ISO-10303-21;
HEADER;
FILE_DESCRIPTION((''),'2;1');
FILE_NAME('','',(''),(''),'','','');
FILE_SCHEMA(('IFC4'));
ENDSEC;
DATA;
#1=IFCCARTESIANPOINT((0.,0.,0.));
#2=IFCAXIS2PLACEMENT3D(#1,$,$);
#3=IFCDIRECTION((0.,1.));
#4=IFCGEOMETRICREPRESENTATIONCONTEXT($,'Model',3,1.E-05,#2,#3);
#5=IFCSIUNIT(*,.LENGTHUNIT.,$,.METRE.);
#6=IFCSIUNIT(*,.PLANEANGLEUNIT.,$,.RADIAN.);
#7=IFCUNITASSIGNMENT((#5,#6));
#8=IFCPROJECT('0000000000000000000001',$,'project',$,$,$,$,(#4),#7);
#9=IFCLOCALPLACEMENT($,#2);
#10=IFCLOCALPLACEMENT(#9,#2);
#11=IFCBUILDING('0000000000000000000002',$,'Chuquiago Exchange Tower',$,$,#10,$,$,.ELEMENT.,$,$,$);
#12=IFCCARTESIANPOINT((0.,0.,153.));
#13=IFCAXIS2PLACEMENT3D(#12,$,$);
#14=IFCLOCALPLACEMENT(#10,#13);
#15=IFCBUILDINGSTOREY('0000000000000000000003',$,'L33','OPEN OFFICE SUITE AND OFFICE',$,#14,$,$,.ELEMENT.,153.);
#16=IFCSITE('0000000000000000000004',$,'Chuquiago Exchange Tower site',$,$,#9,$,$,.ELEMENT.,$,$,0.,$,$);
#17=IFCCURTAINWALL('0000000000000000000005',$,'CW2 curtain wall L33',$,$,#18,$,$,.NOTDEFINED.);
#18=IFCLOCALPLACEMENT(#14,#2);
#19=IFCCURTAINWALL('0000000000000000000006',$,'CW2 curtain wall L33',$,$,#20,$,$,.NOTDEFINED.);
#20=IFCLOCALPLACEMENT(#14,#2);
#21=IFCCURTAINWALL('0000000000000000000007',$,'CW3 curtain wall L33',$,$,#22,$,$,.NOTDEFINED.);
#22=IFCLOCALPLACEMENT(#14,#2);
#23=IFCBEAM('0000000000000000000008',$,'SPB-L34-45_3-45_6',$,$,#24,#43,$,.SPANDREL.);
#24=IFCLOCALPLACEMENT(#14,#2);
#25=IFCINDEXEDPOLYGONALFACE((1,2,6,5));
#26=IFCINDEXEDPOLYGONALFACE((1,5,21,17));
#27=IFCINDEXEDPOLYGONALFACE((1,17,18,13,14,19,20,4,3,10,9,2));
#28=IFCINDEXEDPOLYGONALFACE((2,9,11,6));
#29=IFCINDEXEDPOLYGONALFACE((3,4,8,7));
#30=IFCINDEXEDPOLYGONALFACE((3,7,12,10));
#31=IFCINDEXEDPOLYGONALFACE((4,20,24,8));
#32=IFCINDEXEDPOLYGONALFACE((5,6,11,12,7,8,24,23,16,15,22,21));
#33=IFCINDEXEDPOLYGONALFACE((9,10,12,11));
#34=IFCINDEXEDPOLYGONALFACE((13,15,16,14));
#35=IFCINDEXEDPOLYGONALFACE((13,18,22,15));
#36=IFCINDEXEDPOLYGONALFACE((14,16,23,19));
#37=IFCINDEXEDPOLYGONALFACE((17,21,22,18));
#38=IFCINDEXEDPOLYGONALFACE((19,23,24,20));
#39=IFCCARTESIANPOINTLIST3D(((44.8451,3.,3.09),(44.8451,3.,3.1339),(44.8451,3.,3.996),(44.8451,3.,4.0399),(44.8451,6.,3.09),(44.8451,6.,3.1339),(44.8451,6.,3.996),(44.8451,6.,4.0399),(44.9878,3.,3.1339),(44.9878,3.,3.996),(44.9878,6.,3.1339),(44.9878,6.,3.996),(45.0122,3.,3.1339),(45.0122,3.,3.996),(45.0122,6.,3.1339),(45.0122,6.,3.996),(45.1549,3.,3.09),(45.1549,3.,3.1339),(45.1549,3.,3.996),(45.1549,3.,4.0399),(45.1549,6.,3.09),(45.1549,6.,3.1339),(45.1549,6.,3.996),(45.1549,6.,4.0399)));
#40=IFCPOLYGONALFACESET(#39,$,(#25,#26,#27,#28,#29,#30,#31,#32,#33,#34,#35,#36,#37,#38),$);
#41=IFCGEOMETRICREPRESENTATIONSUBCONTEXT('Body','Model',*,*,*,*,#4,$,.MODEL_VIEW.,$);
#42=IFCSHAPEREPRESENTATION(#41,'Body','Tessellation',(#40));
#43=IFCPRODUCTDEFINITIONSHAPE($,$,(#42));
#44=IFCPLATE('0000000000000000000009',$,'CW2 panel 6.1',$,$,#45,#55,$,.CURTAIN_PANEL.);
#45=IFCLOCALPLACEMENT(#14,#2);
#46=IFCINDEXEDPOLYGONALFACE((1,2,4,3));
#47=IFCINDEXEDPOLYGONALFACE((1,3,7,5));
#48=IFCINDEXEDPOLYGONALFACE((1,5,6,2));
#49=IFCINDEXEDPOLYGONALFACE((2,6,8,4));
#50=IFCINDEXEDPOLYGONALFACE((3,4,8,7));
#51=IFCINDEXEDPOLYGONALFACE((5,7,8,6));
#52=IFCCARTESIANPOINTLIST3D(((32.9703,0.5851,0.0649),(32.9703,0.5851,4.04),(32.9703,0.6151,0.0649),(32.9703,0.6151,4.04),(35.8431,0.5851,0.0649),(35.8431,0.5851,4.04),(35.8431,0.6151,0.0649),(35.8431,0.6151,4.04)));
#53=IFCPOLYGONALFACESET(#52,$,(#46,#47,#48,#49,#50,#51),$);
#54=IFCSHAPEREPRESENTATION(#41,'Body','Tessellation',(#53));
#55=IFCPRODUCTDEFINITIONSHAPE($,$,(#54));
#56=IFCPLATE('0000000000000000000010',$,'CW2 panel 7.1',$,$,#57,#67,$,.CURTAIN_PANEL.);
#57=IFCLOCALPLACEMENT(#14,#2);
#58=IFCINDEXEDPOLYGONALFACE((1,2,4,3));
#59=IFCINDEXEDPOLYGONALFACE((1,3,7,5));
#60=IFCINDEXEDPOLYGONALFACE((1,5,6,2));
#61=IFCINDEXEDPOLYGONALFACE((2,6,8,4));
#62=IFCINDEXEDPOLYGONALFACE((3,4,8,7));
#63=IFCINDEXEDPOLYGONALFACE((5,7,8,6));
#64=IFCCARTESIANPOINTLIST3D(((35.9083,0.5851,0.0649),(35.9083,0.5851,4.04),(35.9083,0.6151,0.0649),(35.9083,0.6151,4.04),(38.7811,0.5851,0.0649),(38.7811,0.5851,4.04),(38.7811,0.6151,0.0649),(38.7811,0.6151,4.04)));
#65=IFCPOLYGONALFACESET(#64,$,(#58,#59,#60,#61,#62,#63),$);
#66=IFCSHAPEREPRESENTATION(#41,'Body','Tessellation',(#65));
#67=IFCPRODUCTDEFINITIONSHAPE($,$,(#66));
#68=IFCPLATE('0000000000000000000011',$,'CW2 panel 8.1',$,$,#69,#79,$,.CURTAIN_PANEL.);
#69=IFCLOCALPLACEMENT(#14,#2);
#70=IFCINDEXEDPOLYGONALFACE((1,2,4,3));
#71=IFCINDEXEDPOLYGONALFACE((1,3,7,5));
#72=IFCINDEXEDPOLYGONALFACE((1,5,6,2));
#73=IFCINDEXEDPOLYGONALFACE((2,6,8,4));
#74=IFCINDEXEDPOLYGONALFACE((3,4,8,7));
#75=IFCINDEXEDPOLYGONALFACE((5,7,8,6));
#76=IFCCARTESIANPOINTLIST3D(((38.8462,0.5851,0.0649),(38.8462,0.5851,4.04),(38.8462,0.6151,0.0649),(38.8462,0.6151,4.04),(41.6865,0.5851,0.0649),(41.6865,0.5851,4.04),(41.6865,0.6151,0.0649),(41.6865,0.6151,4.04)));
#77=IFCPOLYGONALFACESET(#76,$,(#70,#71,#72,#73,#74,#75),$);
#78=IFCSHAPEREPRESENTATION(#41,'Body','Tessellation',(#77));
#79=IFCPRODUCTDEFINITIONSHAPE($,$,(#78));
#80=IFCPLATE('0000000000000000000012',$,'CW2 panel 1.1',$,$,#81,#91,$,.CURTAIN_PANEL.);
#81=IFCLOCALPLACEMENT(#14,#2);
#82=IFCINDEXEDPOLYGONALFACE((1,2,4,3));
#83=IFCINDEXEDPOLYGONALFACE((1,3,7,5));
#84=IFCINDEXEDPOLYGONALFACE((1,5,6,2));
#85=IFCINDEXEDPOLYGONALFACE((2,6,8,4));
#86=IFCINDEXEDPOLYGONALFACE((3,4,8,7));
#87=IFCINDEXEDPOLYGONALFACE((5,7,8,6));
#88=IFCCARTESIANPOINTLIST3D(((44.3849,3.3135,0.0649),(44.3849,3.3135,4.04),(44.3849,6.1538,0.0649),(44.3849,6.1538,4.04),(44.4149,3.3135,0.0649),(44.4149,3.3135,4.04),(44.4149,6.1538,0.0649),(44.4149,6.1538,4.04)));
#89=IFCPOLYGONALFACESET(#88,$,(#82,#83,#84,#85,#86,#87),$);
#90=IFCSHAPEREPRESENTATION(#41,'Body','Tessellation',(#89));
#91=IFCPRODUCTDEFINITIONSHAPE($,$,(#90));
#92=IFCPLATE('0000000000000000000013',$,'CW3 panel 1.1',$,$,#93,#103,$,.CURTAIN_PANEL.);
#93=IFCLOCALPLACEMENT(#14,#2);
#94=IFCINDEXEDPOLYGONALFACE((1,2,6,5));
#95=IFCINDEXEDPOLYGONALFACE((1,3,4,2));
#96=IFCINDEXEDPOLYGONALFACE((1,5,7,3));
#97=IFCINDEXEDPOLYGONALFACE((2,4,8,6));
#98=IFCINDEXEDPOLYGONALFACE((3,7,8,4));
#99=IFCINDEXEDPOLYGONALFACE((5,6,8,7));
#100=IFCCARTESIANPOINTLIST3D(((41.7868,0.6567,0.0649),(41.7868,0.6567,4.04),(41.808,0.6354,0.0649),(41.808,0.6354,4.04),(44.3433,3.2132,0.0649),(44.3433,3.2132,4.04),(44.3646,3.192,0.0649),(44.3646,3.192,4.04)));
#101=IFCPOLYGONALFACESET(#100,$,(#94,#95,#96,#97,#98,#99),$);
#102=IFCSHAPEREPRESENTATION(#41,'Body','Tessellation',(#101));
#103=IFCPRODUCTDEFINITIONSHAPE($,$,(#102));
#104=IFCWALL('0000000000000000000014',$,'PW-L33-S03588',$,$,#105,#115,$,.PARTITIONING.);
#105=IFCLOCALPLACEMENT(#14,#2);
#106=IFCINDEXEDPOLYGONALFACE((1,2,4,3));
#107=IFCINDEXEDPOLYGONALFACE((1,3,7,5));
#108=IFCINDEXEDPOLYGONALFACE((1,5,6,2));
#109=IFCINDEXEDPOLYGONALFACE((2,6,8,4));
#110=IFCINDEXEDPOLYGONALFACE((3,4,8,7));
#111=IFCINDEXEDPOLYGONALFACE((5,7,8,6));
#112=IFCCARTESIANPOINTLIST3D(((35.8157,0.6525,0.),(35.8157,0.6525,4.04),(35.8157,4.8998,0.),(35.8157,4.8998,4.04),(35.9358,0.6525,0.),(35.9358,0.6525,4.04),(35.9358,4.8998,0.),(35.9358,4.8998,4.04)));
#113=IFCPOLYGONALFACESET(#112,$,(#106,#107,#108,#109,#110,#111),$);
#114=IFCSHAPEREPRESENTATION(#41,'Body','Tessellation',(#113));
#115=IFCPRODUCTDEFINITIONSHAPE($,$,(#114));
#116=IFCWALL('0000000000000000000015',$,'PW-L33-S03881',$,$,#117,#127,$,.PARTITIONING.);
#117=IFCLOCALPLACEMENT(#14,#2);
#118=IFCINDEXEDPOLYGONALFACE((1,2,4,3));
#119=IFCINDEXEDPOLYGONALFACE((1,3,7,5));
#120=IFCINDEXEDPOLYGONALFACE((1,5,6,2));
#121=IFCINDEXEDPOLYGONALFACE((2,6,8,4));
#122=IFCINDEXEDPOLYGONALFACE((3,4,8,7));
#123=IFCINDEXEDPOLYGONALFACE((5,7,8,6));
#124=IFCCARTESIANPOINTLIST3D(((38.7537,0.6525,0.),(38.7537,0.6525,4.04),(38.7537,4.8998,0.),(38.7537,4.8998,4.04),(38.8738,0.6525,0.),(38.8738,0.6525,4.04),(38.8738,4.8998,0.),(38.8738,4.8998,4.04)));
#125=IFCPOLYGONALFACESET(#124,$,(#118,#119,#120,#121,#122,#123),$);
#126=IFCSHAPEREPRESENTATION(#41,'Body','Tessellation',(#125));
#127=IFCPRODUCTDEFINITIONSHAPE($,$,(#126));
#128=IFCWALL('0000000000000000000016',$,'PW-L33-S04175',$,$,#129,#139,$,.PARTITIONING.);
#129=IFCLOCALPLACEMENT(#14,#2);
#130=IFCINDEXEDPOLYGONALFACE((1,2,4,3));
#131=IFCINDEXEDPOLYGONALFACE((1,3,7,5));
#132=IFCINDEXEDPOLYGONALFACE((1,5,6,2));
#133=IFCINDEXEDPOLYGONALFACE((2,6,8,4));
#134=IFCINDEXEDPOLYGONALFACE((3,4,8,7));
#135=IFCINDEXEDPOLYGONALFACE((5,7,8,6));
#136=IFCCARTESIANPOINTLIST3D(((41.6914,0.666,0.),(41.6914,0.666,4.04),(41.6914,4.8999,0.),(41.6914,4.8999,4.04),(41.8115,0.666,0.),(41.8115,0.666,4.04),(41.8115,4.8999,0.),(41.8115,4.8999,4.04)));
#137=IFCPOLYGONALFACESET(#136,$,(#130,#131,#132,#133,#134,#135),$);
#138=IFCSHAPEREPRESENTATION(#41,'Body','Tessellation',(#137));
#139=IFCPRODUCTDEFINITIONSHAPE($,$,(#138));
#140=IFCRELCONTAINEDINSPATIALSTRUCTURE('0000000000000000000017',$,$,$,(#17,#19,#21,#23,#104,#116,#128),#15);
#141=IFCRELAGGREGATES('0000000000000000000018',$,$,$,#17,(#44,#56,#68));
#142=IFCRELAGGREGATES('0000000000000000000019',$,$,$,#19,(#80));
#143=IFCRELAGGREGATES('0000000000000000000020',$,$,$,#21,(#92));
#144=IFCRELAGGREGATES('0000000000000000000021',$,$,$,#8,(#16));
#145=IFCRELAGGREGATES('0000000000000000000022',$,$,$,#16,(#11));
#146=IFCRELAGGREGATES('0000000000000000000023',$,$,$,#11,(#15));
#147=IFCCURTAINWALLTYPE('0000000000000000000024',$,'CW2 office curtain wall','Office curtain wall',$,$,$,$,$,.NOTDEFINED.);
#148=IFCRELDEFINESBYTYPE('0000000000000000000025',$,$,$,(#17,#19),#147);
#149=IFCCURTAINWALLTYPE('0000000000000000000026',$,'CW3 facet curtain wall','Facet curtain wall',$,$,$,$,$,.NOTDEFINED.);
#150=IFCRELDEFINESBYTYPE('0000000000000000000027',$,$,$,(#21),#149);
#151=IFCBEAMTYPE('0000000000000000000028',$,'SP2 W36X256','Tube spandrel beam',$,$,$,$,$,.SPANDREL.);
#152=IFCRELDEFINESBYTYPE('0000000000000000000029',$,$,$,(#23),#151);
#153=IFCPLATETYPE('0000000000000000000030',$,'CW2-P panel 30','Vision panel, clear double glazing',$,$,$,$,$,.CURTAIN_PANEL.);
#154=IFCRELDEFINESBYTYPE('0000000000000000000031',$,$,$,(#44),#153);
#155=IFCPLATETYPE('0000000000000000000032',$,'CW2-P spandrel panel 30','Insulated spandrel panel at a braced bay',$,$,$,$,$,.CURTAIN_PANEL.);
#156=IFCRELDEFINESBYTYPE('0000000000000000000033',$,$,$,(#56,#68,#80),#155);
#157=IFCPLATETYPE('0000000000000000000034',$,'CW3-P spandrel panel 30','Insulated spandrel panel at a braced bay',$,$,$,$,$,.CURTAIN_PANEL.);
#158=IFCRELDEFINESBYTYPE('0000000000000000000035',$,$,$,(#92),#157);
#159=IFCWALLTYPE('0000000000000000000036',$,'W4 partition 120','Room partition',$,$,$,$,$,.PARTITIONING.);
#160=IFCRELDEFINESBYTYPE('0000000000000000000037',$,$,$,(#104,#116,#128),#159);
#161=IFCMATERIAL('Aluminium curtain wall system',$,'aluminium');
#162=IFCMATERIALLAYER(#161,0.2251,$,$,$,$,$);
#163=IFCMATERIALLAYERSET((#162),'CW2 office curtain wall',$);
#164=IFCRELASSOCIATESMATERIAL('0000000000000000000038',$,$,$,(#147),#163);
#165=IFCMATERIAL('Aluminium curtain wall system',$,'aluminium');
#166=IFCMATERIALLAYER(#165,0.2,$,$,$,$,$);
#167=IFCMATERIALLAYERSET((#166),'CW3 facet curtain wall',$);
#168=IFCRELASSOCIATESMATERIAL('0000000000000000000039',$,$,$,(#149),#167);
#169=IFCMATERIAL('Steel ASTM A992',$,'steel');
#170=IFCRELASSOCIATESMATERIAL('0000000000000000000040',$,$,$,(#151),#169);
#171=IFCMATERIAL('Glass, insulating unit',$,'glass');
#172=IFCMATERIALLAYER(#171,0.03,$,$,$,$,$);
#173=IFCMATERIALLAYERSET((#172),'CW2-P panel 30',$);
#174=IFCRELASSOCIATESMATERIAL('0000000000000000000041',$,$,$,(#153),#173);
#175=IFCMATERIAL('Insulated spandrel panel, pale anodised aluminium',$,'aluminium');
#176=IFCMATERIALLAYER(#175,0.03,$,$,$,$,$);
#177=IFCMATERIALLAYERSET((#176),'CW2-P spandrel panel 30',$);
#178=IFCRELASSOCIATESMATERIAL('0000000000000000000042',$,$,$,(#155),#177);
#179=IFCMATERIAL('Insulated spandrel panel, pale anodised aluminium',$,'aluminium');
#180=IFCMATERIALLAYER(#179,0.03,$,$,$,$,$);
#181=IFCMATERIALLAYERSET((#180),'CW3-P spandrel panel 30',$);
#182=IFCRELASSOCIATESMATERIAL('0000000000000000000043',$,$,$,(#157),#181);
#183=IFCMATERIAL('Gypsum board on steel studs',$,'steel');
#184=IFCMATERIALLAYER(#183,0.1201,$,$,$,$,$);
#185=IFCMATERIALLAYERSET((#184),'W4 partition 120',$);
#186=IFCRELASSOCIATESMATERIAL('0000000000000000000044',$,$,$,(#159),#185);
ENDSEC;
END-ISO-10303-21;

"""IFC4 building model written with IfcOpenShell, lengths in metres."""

from ifc_helpers import new_model, si_unit, direction, frame, frame_2d, origin, origin_2d, place, context, subcontext, project, spatial, rectangle, i_section, extrude, material, layer, layer_set, material_profile, profile_set, type_object, element, aggregate, save


model = new_model("IFC4")

# Units and contexts
model_context = context("Model", 3, precision=1e-05, world=origin(), true_north=direction((0.0, 1.0)))
body_context = subcontext(model_context, "Body", "Model", "MODEL_VIEW")
ifc_project = project(units=[si_unit("LENGTHUNIT", "METRE"), si_unit("PLANEANGLEUNIT", "RADIAN")], contexts=[model_context])

# Site, building, storey
site_placement = place(None, origin())
site = spatial("IfcSite", under=ifc_project, at=site_placement, Name="Chuquiago Exchange Tower site", CompositionType="ELEMENT", RefElevation=0.0)
building_placement = place(site_placement, origin())
building = spatial("IfcBuilding", under=site, at=building_placement, Name="Chuquiago Exchange Tower", CompositionType="ELEMENT")
storey_placement = place(building_placement, frame((0.0, 0.0, 153.0)))
storey = spatial("IfcBuildingStorey", under=building, at=storey_placement, Name="L33", Description="OPEN OFFICE SUITE AND OFFICE", CompositionType="ELEMENT", Elevation=153.0)

# Curtain wall
ifc_material_1 = material(Name="Aluminium curtain wall system", Category="aluminium")
ifc_layer_1 = layer(ifc_material_1, 0.2251)
ifc_layer_set_1 = layer_set([ifc_layer_1], Name="CW2 office curtain wall")
curtain_wall_type_1 = type_object("IfcCurtainWallType", Name="CW2 office curtain wall", Description="Office curtain wall", PredefinedType="NOTDEFINED", material=ifc_layer_set_1)
curtain_wall_1_placement = place(storey_placement, origin())
curtain_wall_1 = element("IfcCurtainWall", 1, at=curtain_wall_1_placement, inside=storey, type_object=curtain_wall_type_1, Name="CW2 curtain wall L33", PredefinedType="NOTDEFINED")

# Curtain wall
curtain_wall_2_placement = place(storey_placement, origin())
curtain_wall_2 = element("IfcCurtainWall", 2, at=curtain_wall_2_placement, inside=storey, type_object=curtain_wall_type_1, Name="CW2 curtain wall L33", PredefinedType="NOTDEFINED")

# Curtain wall
ifc_material_2 = material(Name="Aluminium curtain wall system", Category="aluminium")
ifc_layer_2 = layer(ifc_material_2, 0.2)
ifc_layer_set_2 = layer_set([ifc_layer_2], Name="CW3 facet curtain wall")
curtain_wall_type_2 = type_object("IfcCurtainWallType", Name="CW3 facet curtain wall", Description="Facet curtain wall", PredefinedType="NOTDEFINED", material=ifc_layer_set_2)
curtain_wall_3_placement = place(storey_placement, origin())
curtain_wall_3 = element("IfcCurtainWall", 3, at=curtain_wall_3_placement, inside=storey, type_object=curtain_wall_type_2, Name="CW3 curtain wall L33", PredefinedType="NOTDEFINED")

# Beam
ifc_material_3 = material(Name="Steel ASTM A992", Category="steel")
ifc_material_profile_1 = material_profile(ifc_material_3, i_section(OverallWidth=0.3098, OverallDepth=0.95, WebThickness=0.0244, FlangeThickness=0.0439, at=origin_2d()), Name="W36X256")
ifc_profile_set_1 = profile_set([ifc_material_profile_1], Name="Steel ASTM A992")
beam_type = type_object("IfcBeamType", Name="SP2 W36X256", Description="Tube spandrel beam", PredefinedType="SPANDREL", material=ifc_profile_set_1)
beam_1_placement = place(storey_placement, frame((45.0, 3.0, 3.5649), z_axis=(0.0, 1.0, 0.0), x_axis=(-1.0, 0.0, 0.0)))
element("IfcBeam", 4, at=beam_1_placement, inside=storey, type_object=beam_type, Name="SPB-L34-45_3-45_6", PredefinedType="SPANDREL", context=body_context, shape_type="SweptSolid", body=[
    extrude(i_section(OverallWidth=0.3098, OverallDepth=0.95, WebThickness=0.0244, FlangeThickness=0.0439, at=origin_2d()), origin(), (0.0, 0.0, 1.0), 3.0),
])

# Plates
ifc_material_4 = material(Name="Glass, insulating unit", Category="glass")
ifc_layer_3 = layer(ifc_material_4, 0.03)
ifc_layer_set_3 = layer_set([ifc_layer_3], Name="CW2-P panel 30")
plate_type_1 = type_object("IfcPlateType", Name="CW2-P panel 30", Description="Vision panel, clear double glazing", PredefinedType="CURTAIN_PANEL", material=ifc_layer_set_3)
plate_1_placement = place(storey_placement, frame((34.4067, 0.6001, 0.0649), z_axis=(0.0, 0.0, 1.0), x_axis=(1.0, 0.0, 0.0)))
plate_1 = element("IfcPlate", 5, at=plate_1_placement, type_object=plate_type_1, Name="CW2 panel 6.1", PredefinedType="CURTAIN_PANEL", context=body_context, shape_type="SweptSolid", body=[
    extrude(rectangle(XDim=2.8728, YDim=0.03, at=origin_2d()), origin(), (0.0, 0.0, 1.0), 3.9751),
])
ifc_material_5 = material(Name="Insulated spandrel panel, pale anodised aluminium", Category="aluminium")
ifc_layer_4 = layer(ifc_material_5, 0.03)
ifc_layer_set_4 = layer_set([ifc_layer_4], Name="CW2-P spandrel panel 30")
plate_type_2 = type_object("IfcPlateType", Name="CW2-P spandrel panel 30", Description="Insulated spandrel panel at a braced bay", PredefinedType="CURTAIN_PANEL", material=ifc_layer_set_4)
plate_2_placement = place(storey_placement, frame((37.3447, 0.6001, 0.0649), z_axis=(0.0, 0.0, 1.0), x_axis=(1.0, 0.0, 0.0)))
plate_2 = element("IfcPlate", 6, at=plate_2_placement, type_object=plate_type_2, Name="CW2 panel 7.1", PredefinedType="CURTAIN_PANEL", context=body_context, shape_type="SweptSolid", body=[
    extrude(rectangle(XDim=2.8728, YDim=0.03, at=origin_2d()), origin(), (0.0, 0.0, 1.0), 3.9751),
])
plate_3_placement = place(storey_placement, frame((40.2664, 0.6001, 0.0649), z_axis=(0.0, 0.0, 1.0), x_axis=(1.0, 0.0, 0.0)))
plate_3 = element("IfcPlate", 7, at=plate_3_placement, type_object=plate_type_2, Name="CW2 panel 8.1", PredefinedType="CURTAIN_PANEL", context=body_context, shape_type="SweptSolid", body=[
    extrude(rectangle(XDim=2.8403, YDim=0.03, at=origin_2d()), origin(), (0.0, 0.0, 1.0), 3.9751),
])
aggregate(curtain_wall_1, [plate_1, plate_2, plate_3])
plate_4_placement = place(storey_placement, frame((44.3999, 4.7336, 0.0649), z_axis=(0.0, 0.0, 1.0), x_axis=(0.0, 1.0, 0.0)))
plate_4 = element("IfcPlate", 8, at=plate_4_placement, type_object=plate_type_2, Name="CW2 panel 1.1", PredefinedType="CURTAIN_PANEL", context=body_context, shape_type="SweptSolid", body=[
    extrude(rectangle(XDim=2.8403, YDim=0.03, at=origin_2d()), origin(), (0.0, 0.0, 1.0), 3.9751),
])
aggregate(curtain_wall_2, [plate_4])
ifc_material_6 = material(Name="Insulated spandrel panel, pale anodised aluminium", Category="aluminium")
ifc_layer_5 = layer(ifc_material_6, 0.03)
ifc_layer_set_5 = layer_set([ifc_layer_5], Name="CW3-P spandrel panel 30")
plate_type_3 = type_object("IfcPlateType", Name="CW3-P spandrel panel 30", Description="Insulated spandrel panel at a braced bay", PredefinedType="CURTAIN_PANEL", material=ifc_layer_set_5)
plate_5_placement = place(storey_placement, frame((43.0757, 1.9243, 0.0649), z_axis=(0.0, 0.0, 1.0), x_axis=(0.707107, 0.707107, 0.0)))
plate_5 = element("IfcPlate", 9, at=plate_5_placement, type_object=plate_type_3, Name="CW3 panel 1.1", PredefinedType="CURTAIN_PANEL", context=body_context, shape_type="SweptSolid", body=[
    extrude(rectangle(XDim=3.6155, YDim=0.03, at=origin_2d()), origin(), (0.0, 0.0, 1.0), 3.9751),
])
aggregate(curtain_wall_3, [plate_5])

# Walls
ifc_material_7 = material(Name="Gypsum board on steel studs", Category="steel")
ifc_layer_6 = layer(ifc_material_7, 0.1201)
ifc_layer_set_6 = layer_set([ifc_layer_6], Name="W4 partition 120")
wall_type = type_object("IfcWallType", Name="W4 partition 120", Description="Room partition", PredefinedType="PARTITIONING", material=ifc_layer_set_6)
for number, where, z_axis, x_axis, name in (
    (10, (35.8757, 0.6526, 0.0), (0.0, 0.0, 1.0), (0.0, 1.0, 0.0), "PW-L33-S03588"),
    (11, (38.8137, 0.6526, 0.0), (0.0, 0.0, 1.0), (0.0, 1.0, 0.0), "PW-L33-S03881"),
):
    element("IfcWall", number, at=place(storey_placement, frame(where, z_axis=z_axis, x_axis=x_axis)), inside=storey, type_object=wall_type, Name=name, PredefinedType="PARTITIONING", context=body_context, shape_type="SweptSolid", body=[
        extrude(rectangle(XDim=4.2473, YDim=0.1201, at=frame_2d((2.1235, 0.0))), origin(), (0.0, 0.0, 1.0), 4.04),
    ])
wall_1_placement = place(storey_placement, frame((41.7515, 0.666, 0.0), z_axis=(0.0, 0.0, 1.0), x_axis=(0.0, 1.0, 0.0)))
element("IfcWall", 12, at=wall_1_placement, inside=storey, type_object=wall_type, Name="PW-L33-S04175", PredefinedType="PARTITIONING", context=body_context, shape_type="SweptSolid", body=[
    extrude(rectangle(XDim=4.2339, YDim=0.1201, at=frame_2d((2.1169, 0.0))), origin(), (0.0, 0.0, 1.0), 4.04),
])

save(model, "model.ifc")
